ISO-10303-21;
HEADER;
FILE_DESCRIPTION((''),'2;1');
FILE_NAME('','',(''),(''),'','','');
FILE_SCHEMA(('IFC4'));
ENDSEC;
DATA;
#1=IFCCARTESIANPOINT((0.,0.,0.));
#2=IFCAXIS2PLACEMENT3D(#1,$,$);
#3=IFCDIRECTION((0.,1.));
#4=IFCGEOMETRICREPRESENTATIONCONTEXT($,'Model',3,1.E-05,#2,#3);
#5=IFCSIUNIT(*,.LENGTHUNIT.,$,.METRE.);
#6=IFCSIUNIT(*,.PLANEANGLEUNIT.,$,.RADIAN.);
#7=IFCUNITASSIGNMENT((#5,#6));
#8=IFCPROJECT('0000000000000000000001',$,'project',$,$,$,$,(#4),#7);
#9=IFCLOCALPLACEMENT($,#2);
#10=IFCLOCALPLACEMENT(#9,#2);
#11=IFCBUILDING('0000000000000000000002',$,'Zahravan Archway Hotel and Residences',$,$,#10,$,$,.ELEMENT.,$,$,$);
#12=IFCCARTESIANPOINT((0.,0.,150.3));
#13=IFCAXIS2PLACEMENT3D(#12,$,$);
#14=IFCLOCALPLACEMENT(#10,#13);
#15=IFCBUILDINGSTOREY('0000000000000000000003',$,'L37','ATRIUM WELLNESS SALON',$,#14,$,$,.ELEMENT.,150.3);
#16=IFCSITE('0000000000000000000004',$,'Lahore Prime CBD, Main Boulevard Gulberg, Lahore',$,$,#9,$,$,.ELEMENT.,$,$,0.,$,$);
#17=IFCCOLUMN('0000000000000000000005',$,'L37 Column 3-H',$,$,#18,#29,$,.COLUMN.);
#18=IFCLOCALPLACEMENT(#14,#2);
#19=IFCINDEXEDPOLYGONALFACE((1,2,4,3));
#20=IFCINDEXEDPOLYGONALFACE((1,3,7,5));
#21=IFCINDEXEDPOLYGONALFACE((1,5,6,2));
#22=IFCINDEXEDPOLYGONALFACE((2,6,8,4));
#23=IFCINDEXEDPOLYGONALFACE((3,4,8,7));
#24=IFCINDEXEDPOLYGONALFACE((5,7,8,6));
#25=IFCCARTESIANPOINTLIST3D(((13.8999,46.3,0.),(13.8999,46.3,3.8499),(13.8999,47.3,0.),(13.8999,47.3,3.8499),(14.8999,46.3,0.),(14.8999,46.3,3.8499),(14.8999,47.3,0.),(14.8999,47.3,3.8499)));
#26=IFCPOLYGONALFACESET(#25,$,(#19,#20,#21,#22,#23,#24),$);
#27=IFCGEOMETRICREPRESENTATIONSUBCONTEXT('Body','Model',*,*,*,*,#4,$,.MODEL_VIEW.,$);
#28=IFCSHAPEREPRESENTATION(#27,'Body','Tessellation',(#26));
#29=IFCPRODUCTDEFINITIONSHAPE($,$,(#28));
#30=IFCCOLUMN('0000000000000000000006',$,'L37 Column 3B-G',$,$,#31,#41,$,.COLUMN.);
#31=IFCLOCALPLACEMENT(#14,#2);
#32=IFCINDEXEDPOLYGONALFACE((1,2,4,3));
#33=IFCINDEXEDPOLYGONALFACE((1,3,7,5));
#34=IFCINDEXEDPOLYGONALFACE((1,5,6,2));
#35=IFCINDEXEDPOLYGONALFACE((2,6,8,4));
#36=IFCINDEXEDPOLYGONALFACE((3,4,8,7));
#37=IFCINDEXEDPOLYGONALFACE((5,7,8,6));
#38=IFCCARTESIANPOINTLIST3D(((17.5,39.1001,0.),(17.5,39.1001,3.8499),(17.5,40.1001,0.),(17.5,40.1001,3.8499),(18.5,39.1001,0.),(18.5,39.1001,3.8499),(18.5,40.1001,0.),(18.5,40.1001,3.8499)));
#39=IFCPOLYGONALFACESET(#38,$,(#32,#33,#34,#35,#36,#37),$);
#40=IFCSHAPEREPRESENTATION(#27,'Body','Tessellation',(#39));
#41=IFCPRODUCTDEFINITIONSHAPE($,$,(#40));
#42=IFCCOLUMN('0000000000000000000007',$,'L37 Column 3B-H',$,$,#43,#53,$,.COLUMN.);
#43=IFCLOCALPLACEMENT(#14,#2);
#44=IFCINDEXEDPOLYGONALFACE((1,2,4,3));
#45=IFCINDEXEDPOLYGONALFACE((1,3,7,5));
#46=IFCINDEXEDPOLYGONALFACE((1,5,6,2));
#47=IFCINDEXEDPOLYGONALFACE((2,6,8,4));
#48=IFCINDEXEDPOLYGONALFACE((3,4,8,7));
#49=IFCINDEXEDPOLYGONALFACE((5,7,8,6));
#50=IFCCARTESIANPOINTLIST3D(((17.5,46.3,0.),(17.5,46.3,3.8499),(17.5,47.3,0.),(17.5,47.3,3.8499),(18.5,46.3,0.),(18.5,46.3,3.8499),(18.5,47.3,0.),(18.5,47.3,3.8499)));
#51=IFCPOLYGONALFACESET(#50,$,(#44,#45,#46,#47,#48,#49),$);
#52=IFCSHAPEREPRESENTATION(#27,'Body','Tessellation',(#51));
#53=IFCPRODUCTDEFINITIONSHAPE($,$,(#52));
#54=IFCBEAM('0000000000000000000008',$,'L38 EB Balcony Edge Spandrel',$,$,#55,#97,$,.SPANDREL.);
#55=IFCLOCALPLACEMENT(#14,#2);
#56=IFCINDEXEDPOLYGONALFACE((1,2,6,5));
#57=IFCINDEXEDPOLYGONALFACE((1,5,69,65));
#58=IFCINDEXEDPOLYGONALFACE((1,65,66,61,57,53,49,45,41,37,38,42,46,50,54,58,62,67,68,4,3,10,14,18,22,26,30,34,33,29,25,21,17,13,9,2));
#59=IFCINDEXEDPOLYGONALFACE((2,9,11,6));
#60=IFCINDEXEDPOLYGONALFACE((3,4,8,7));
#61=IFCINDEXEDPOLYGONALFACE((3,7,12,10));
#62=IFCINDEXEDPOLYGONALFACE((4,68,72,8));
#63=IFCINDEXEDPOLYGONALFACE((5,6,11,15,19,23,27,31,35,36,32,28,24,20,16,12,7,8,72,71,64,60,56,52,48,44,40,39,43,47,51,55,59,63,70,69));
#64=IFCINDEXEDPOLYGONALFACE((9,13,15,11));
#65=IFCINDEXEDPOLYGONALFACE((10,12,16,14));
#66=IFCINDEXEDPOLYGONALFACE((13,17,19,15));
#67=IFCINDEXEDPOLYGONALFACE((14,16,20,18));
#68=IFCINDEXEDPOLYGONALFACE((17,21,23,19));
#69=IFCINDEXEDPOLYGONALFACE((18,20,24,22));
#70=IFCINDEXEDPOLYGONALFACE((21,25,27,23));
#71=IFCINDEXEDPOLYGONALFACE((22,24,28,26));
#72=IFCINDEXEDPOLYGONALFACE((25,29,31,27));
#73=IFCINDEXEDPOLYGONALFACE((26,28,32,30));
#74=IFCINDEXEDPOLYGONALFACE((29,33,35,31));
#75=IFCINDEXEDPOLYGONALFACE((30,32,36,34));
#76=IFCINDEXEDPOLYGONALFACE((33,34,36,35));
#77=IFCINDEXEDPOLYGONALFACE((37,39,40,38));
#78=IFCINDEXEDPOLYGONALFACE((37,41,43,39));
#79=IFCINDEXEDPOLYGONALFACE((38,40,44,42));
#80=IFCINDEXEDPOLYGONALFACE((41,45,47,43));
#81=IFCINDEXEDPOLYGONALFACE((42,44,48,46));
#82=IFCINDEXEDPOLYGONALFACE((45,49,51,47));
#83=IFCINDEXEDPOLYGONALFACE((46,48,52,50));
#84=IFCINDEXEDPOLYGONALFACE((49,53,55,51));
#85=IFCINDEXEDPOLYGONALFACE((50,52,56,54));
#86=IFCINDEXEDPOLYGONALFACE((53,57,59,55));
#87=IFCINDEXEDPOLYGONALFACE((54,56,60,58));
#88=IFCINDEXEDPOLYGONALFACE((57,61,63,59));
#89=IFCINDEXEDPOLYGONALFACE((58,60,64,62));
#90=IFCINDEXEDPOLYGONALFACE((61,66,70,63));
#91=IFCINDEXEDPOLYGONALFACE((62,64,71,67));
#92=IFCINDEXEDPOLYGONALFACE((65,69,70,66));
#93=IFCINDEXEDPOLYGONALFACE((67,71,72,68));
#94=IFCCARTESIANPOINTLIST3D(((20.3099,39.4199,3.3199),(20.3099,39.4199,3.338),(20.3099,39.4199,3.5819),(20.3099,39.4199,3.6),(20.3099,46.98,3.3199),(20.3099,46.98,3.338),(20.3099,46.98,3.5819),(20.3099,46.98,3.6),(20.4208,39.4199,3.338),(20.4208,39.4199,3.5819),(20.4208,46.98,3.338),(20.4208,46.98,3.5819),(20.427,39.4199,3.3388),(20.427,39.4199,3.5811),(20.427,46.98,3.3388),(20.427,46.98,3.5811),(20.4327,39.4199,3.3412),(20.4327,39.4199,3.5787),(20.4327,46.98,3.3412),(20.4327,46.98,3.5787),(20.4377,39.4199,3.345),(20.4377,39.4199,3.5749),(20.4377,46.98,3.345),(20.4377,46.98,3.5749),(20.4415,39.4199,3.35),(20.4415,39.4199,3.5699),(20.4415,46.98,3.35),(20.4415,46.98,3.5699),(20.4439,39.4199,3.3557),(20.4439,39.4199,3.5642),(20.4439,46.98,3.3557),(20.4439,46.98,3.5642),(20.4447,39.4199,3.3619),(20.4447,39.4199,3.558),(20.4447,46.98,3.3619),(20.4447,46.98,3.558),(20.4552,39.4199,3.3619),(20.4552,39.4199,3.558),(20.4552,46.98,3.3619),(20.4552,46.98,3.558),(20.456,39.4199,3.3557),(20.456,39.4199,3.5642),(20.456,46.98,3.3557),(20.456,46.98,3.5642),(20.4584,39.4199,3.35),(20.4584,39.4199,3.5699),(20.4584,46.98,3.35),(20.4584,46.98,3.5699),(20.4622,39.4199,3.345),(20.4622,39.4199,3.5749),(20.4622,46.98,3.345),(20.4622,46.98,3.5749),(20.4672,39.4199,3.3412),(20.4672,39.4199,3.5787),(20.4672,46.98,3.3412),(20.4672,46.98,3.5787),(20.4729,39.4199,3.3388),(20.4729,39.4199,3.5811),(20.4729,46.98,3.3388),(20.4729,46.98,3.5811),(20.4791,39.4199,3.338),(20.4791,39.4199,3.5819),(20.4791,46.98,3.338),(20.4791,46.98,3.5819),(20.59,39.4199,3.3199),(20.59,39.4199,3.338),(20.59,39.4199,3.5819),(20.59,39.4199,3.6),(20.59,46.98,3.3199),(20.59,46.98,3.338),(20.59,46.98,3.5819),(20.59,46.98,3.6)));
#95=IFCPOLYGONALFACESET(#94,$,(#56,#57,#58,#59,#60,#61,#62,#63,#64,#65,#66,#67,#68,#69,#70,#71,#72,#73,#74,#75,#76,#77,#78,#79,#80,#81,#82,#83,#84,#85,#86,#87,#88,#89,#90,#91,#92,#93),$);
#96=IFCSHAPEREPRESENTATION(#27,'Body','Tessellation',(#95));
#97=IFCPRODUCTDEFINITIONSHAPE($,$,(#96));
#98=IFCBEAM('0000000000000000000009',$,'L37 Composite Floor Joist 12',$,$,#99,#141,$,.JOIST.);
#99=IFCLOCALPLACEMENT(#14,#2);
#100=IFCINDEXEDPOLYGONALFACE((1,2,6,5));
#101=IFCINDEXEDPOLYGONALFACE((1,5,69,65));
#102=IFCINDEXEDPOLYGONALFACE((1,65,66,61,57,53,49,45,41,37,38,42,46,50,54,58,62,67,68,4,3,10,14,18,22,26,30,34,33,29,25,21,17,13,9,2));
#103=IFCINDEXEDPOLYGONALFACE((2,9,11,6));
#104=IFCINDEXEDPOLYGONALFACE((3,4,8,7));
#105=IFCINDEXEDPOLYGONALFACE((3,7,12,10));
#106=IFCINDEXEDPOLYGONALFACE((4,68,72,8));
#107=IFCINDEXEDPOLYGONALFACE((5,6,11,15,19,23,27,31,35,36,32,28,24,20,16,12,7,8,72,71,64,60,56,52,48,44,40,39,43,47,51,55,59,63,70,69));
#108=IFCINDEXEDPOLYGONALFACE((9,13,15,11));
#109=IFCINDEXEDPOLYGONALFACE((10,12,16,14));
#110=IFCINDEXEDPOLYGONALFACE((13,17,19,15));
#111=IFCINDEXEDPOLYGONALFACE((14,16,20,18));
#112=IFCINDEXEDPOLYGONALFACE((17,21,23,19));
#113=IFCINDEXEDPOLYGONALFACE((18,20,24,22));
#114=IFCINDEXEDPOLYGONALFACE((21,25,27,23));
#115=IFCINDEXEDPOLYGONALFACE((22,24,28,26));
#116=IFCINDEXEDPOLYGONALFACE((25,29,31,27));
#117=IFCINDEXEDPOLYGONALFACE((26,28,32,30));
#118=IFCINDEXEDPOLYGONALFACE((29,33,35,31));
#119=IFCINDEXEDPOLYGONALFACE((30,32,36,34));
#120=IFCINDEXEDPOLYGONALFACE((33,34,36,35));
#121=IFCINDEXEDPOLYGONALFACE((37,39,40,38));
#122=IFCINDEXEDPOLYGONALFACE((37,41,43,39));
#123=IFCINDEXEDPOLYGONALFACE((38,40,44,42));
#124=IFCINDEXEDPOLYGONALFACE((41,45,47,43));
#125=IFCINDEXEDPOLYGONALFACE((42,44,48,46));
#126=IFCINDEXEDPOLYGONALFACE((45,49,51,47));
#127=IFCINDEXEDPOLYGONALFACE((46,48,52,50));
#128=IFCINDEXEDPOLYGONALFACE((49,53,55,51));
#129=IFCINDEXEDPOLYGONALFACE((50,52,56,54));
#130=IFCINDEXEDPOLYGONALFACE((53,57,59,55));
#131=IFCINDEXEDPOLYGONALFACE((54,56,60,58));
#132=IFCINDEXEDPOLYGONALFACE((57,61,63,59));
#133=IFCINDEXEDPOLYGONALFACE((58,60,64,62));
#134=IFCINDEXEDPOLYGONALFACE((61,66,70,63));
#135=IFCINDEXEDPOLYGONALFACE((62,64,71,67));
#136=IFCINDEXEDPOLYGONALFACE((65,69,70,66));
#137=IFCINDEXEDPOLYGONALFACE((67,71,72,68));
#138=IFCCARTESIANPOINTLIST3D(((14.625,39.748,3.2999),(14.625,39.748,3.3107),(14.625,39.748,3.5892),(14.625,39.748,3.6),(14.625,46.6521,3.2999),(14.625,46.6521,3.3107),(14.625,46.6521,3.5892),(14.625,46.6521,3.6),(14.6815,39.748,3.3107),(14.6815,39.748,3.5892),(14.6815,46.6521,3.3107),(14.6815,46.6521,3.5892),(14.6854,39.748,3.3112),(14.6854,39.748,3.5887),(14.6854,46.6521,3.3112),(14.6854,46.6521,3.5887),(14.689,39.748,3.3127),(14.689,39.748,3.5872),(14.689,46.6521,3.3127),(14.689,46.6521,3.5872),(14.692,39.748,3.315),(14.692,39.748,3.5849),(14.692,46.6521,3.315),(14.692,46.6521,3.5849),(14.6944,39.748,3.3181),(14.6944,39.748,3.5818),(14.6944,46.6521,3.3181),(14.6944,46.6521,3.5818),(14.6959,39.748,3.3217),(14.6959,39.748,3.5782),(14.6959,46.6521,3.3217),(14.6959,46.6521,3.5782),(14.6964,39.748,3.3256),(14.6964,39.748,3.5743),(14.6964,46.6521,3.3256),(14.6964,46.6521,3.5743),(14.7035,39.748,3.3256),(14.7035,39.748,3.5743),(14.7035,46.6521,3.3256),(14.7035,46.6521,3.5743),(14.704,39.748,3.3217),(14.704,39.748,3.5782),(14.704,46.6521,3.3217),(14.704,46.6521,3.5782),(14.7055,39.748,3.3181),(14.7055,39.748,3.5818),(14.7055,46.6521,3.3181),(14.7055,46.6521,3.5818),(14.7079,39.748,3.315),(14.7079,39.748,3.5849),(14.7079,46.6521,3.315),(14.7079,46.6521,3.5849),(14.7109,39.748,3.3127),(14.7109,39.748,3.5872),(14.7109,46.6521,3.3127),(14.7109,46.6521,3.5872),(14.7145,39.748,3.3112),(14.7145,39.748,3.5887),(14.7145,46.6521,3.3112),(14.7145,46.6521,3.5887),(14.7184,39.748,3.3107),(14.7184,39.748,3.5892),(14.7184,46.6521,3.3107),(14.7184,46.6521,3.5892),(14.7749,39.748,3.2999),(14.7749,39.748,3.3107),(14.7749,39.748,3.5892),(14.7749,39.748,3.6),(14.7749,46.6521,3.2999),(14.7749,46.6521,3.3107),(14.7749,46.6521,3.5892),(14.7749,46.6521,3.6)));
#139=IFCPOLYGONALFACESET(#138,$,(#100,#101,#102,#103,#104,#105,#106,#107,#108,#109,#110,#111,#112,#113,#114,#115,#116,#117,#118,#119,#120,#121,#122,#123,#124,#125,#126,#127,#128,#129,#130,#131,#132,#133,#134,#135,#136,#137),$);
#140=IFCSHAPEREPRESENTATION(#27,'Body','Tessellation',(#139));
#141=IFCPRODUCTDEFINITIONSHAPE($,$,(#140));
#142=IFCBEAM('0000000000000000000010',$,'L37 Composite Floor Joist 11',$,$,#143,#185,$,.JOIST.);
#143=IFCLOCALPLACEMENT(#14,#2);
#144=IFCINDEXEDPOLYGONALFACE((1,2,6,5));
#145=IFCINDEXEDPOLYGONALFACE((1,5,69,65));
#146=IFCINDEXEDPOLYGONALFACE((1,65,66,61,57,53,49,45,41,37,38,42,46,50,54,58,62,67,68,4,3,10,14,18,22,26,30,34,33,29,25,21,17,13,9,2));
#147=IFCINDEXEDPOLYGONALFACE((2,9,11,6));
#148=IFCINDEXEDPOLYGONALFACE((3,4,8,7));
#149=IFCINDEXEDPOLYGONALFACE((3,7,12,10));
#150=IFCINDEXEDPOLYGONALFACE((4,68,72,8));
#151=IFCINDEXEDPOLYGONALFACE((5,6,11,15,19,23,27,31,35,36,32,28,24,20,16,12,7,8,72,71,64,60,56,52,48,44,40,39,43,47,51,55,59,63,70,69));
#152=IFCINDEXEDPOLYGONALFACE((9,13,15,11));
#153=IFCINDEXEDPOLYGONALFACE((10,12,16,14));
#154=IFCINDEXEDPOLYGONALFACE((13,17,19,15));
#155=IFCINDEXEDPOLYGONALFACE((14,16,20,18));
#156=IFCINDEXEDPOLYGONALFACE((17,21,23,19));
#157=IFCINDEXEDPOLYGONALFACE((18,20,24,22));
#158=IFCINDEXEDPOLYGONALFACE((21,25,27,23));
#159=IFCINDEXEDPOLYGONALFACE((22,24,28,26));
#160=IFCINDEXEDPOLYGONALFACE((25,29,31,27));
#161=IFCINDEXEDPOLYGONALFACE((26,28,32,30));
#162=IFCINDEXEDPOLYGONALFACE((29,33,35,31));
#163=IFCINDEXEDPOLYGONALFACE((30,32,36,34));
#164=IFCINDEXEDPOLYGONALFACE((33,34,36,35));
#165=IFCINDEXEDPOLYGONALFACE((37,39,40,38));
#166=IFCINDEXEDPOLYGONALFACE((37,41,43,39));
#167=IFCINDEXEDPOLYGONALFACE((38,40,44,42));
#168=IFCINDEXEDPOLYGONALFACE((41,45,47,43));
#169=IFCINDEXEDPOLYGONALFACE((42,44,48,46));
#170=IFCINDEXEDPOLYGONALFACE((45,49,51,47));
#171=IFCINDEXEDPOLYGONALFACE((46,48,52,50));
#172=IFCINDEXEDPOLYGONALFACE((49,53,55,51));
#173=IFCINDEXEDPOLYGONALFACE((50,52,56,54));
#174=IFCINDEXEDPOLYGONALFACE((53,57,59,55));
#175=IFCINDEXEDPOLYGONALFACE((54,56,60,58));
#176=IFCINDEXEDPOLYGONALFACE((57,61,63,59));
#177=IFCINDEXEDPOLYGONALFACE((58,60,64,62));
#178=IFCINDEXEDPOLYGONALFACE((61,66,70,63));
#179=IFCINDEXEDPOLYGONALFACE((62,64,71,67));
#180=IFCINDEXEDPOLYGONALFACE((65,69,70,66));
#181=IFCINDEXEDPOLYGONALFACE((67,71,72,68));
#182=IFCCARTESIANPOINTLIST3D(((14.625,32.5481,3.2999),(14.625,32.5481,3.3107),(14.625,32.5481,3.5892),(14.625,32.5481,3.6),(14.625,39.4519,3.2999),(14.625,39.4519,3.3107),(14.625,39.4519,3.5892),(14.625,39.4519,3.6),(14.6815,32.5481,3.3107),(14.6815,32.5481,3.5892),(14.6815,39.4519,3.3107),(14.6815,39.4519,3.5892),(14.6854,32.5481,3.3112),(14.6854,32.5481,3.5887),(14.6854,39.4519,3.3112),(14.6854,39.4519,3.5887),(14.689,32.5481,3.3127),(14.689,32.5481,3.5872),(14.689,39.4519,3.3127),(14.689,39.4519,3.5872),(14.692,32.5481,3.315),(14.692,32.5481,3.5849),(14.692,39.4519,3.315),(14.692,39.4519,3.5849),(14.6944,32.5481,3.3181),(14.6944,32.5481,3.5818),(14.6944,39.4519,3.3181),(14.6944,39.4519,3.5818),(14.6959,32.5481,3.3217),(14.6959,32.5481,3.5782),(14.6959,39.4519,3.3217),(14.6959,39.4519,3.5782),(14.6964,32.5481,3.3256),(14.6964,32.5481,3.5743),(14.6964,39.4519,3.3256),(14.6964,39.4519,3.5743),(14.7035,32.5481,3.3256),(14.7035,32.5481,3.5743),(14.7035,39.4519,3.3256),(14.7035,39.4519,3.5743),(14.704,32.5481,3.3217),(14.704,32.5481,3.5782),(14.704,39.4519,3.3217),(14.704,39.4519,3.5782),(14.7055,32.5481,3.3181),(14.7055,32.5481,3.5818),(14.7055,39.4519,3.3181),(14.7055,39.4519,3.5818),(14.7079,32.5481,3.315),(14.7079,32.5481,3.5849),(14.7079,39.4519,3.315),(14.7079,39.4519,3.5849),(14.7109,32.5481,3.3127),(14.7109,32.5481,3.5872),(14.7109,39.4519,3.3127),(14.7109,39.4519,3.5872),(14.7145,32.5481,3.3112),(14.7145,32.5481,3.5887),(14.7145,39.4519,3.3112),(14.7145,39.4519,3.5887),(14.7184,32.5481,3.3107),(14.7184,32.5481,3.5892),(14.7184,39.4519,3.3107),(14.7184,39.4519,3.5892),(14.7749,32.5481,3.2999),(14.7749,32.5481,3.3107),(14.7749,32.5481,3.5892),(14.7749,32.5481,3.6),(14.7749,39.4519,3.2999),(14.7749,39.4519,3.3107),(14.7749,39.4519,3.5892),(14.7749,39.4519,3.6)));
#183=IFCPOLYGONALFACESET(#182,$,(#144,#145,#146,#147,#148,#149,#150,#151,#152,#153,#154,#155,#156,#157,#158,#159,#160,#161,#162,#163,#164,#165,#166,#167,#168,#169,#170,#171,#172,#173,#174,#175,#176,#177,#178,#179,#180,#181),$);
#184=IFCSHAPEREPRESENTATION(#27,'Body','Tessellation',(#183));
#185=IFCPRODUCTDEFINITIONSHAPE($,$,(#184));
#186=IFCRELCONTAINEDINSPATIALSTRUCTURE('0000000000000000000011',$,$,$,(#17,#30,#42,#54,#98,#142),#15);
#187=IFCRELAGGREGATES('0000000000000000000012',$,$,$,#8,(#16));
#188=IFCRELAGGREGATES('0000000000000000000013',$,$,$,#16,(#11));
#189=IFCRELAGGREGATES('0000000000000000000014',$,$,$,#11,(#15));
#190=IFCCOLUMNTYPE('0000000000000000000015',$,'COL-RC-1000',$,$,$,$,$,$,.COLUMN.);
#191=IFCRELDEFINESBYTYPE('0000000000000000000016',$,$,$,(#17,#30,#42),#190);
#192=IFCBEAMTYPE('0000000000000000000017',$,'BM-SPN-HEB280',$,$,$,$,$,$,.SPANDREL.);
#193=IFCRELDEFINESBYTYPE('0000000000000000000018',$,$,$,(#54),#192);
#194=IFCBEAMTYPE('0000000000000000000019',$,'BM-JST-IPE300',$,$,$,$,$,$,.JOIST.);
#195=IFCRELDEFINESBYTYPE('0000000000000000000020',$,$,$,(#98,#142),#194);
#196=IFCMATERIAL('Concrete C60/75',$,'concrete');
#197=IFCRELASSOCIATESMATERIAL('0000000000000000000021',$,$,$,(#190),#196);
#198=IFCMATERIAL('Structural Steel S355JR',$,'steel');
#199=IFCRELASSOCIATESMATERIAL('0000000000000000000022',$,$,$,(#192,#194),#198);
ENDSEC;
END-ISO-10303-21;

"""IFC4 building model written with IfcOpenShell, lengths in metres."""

from ifc_helpers import new_model, si_unit, direction, frame, origin, origin_2d, place, context, subcontext, project, spatial, rectangle, i_section, extrude, source, transform, mapped, material, material_profile, profile_set, type_object, type_shapes, element, save


model = new_model("IFC4")

# Units and contexts
model_context = context("Model", 3, precision=1e-05, world=origin(), true_north=direction((0.0, 1.0)))
body_context = subcontext(model_context, "Body", "Model", "MODEL_VIEW")
ifc_project = project(units=[si_unit("LENGTHUNIT", "METRE"), si_unit("PLANEANGLEUNIT", "RADIAN")], contexts=[model_context])

# Site, building, storey
site_placement = place(None, origin())
site = spatial("IfcSite", under=ifc_project, at=site_placement, Name="Lahore Prime CBD, Main Boulevard Gulberg, Lahore", CompositionType="ELEMENT", RefElevation=0.0)
building_placement = place(site_placement, origin())
building = spatial("IfcBuilding", under=site, at=building_placement, Name="Zahravan Archway Hotel and Residences", CompositionType="ELEMENT")
storey_placement = place(building_placement, frame((0.0, 0.0, 150.3)))
storey = spatial("IfcBuildingStorey", under=building, at=storey_placement, Name="L37", Description="ATRIUM WELLNESS SALON", CompositionType="ELEMENT", Elevation=150.3)

# Columns
ifc_material_1 = material(Name="Concrete C60/75", Category="concrete")
ifc_material_profile_1 = material_profile(ifc_material_1, rectangle(XDim=1.0, YDim=1.0, at=origin_2d()), Name="RC-COL-1000x1000", Category="concrete")
ifc_profile_set_1 = profile_set([ifc_material_profile_1], Name="Concrete C60/75")
column_type = type_object("IfcColumnType", Name="COL-RC-1000", PredefinedType="COLUMN", material=ifc_profile_set_1)
shared_shape_1 = source(origin(), body_context, "Body", "SweptSolid", [
    extrude(rectangle(XDim=1.0, YDim=1.0, at=origin_2d()), origin(), (0.0, 0.0, 1.0), 3.8499),
])
for number, where, z_axis, x_axis, name in (
    (1, (14.3999, 46.8, 0.0), (0.0, 0.0, 1.0), (1.0, 0.0, 0.0), "L37 Column 3-H"),
    (2, (18.0, 39.6001, 0.0), (0.0, 0.0, 1.0), (1.0, 0.0, 0.0), "L37 Column 3B-G"),
    (3, (18.0, 46.8, 0.0), (0.0, 0.0, 1.0), (1.0, 0.0, 0.0), "L37 Column 3B-H"),
):
    element("IfcColumn", number, at=place(storey_placement, frame(where, z_axis=z_axis, x_axis=x_axis)), inside=storey, type_object=column_type, Name=name, PredefinedType="COLUMN", context=body_context, shape_type="MappedRepresentation", body=[
        mapped(shared_shape_1, transform((0.0, 0.0, 0.0), scale=1.0)),
    ])

# Beams
ifc_material_2 = material(Name="Structural Steel S355JR", Category="steel")
ifc_material_profile_2 = material_profile(ifc_material_2, i_section(OverallWidth=0.28, OverallDepth=0.28, WebThickness=0.0105, FlangeThickness=0.0181, FilletRadius=0.0239, at=origin_2d()), Name="HEB 280", Category="steel")
ifc_profile_set_2 = profile_set([ifc_material_profile_2], Name="Structural Steel S355JR")
beam_type_1 = type_object("IfcBeamType", Name="BM-SPN-HEB280", PredefinedType="SPANDREL", material=ifc_profile_set_2)
shared_shape_2 = source(origin(), body_context, "Body", "SweptSolid", [
    extrude(i_section(OverallWidth=0.28, OverallDepth=0.28, WebThickness=0.0105, FlangeThickness=0.0181, FilletRadius=0.0239, at=origin_2d()), origin(), (0.0, 0.0, 1.0), 7.5601),
])
type_shapes(beam_type_1, [shared_shape_2])
beam_1_placement = place(storey_placement, frame((20.45, 39.4199, 3.46), z_axis=(0.0, 1.0, 0.0), x_axis=(-1.0, 0.0, 0.0)))
element("IfcBeam", 4, at=beam_1_placement, inside=storey, type_object=beam_type_1, Name="L38 EB Balcony Edge Spandrel", PredefinedType="SPANDREL", context=body_context, shape_type="MappedRepresentation", body=[
    mapped(shared_shape_2, transform((0.0, 0.0, 0.0), scale=1.0)),
])
ifc_material_profile_3 = material_profile(ifc_material_2, i_section(OverallWidth=0.1499, OverallDepth=0.3, WebThickness=0.0071, FlangeThickness=0.0107, FilletRadius=0.0149, at=origin_2d()), Name="IPE 300", Category="steel")
ifc_profile_set_3 = profile_set([ifc_material_profile_3], Name="Structural Steel S355JR")
beam_type_2 = type_object("IfcBeamType", Name="BM-JST-IPE300", PredefinedType="JOIST", material=ifc_profile_set_3)
shared_shape_3 = source(origin(), body_context, "Body", "SweptSolid", [
    extrude(i_section(OverallWidth=0.1499, OverallDepth=0.3, WebThickness=0.0071, FlangeThickness=0.0107, FilletRadius=0.0149, at=origin_2d()), origin(), (0.0, 0.0, 1.0), 6.9041),
])
type_shapes(beam_type_2, [shared_shape_3])
beam_2_placement = place(storey_placement, frame((14.7, 39.748, 3.45), z_axis=(0.0, 1.0, 0.0), x_axis=(-1.0, 0.0, 0.0)))
element("IfcBeam", 5, at=beam_2_placement, inside=storey, type_object=beam_type_2, Name="L37 Composite Floor Joist 12", PredefinedType="JOIST", context=body_context, shape_type="MappedRepresentation", body=[
    mapped(shared_shape_3, transform((0.0, 0.0, 0.0), scale=1.0)),
])
shared_shape_4 = source(origin(), body_context, "Body", "SweptSolid", [
    extrude(i_section(OverallWidth=0.1499, OverallDepth=0.3, WebThickness=0.0071, FlangeThickness=0.0107, FilletRadius=0.0149, at=origin_2d()), origin(), (0.0, 0.0, 1.0), 6.9038),
])
beam_3_placement = place(storey_placement, frame((14.7, 32.5481, 3.45), z_axis=(0.0, 1.0, 0.0), x_axis=(-1.0, 0.0, 0.0)))
element("IfcBeam", 6, at=beam_3_placement, inside=storey, type_object=beam_type_2, Name="L37 Composite Floor Joist 11", PredefinedType="JOIST", context=body_context, shape_type="MappedRepresentation", body=[
    mapped(shared_shape_4, transform((0.0, 0.0, 0.0), scale=1.0)),
])

save(model, "model.ifc")
